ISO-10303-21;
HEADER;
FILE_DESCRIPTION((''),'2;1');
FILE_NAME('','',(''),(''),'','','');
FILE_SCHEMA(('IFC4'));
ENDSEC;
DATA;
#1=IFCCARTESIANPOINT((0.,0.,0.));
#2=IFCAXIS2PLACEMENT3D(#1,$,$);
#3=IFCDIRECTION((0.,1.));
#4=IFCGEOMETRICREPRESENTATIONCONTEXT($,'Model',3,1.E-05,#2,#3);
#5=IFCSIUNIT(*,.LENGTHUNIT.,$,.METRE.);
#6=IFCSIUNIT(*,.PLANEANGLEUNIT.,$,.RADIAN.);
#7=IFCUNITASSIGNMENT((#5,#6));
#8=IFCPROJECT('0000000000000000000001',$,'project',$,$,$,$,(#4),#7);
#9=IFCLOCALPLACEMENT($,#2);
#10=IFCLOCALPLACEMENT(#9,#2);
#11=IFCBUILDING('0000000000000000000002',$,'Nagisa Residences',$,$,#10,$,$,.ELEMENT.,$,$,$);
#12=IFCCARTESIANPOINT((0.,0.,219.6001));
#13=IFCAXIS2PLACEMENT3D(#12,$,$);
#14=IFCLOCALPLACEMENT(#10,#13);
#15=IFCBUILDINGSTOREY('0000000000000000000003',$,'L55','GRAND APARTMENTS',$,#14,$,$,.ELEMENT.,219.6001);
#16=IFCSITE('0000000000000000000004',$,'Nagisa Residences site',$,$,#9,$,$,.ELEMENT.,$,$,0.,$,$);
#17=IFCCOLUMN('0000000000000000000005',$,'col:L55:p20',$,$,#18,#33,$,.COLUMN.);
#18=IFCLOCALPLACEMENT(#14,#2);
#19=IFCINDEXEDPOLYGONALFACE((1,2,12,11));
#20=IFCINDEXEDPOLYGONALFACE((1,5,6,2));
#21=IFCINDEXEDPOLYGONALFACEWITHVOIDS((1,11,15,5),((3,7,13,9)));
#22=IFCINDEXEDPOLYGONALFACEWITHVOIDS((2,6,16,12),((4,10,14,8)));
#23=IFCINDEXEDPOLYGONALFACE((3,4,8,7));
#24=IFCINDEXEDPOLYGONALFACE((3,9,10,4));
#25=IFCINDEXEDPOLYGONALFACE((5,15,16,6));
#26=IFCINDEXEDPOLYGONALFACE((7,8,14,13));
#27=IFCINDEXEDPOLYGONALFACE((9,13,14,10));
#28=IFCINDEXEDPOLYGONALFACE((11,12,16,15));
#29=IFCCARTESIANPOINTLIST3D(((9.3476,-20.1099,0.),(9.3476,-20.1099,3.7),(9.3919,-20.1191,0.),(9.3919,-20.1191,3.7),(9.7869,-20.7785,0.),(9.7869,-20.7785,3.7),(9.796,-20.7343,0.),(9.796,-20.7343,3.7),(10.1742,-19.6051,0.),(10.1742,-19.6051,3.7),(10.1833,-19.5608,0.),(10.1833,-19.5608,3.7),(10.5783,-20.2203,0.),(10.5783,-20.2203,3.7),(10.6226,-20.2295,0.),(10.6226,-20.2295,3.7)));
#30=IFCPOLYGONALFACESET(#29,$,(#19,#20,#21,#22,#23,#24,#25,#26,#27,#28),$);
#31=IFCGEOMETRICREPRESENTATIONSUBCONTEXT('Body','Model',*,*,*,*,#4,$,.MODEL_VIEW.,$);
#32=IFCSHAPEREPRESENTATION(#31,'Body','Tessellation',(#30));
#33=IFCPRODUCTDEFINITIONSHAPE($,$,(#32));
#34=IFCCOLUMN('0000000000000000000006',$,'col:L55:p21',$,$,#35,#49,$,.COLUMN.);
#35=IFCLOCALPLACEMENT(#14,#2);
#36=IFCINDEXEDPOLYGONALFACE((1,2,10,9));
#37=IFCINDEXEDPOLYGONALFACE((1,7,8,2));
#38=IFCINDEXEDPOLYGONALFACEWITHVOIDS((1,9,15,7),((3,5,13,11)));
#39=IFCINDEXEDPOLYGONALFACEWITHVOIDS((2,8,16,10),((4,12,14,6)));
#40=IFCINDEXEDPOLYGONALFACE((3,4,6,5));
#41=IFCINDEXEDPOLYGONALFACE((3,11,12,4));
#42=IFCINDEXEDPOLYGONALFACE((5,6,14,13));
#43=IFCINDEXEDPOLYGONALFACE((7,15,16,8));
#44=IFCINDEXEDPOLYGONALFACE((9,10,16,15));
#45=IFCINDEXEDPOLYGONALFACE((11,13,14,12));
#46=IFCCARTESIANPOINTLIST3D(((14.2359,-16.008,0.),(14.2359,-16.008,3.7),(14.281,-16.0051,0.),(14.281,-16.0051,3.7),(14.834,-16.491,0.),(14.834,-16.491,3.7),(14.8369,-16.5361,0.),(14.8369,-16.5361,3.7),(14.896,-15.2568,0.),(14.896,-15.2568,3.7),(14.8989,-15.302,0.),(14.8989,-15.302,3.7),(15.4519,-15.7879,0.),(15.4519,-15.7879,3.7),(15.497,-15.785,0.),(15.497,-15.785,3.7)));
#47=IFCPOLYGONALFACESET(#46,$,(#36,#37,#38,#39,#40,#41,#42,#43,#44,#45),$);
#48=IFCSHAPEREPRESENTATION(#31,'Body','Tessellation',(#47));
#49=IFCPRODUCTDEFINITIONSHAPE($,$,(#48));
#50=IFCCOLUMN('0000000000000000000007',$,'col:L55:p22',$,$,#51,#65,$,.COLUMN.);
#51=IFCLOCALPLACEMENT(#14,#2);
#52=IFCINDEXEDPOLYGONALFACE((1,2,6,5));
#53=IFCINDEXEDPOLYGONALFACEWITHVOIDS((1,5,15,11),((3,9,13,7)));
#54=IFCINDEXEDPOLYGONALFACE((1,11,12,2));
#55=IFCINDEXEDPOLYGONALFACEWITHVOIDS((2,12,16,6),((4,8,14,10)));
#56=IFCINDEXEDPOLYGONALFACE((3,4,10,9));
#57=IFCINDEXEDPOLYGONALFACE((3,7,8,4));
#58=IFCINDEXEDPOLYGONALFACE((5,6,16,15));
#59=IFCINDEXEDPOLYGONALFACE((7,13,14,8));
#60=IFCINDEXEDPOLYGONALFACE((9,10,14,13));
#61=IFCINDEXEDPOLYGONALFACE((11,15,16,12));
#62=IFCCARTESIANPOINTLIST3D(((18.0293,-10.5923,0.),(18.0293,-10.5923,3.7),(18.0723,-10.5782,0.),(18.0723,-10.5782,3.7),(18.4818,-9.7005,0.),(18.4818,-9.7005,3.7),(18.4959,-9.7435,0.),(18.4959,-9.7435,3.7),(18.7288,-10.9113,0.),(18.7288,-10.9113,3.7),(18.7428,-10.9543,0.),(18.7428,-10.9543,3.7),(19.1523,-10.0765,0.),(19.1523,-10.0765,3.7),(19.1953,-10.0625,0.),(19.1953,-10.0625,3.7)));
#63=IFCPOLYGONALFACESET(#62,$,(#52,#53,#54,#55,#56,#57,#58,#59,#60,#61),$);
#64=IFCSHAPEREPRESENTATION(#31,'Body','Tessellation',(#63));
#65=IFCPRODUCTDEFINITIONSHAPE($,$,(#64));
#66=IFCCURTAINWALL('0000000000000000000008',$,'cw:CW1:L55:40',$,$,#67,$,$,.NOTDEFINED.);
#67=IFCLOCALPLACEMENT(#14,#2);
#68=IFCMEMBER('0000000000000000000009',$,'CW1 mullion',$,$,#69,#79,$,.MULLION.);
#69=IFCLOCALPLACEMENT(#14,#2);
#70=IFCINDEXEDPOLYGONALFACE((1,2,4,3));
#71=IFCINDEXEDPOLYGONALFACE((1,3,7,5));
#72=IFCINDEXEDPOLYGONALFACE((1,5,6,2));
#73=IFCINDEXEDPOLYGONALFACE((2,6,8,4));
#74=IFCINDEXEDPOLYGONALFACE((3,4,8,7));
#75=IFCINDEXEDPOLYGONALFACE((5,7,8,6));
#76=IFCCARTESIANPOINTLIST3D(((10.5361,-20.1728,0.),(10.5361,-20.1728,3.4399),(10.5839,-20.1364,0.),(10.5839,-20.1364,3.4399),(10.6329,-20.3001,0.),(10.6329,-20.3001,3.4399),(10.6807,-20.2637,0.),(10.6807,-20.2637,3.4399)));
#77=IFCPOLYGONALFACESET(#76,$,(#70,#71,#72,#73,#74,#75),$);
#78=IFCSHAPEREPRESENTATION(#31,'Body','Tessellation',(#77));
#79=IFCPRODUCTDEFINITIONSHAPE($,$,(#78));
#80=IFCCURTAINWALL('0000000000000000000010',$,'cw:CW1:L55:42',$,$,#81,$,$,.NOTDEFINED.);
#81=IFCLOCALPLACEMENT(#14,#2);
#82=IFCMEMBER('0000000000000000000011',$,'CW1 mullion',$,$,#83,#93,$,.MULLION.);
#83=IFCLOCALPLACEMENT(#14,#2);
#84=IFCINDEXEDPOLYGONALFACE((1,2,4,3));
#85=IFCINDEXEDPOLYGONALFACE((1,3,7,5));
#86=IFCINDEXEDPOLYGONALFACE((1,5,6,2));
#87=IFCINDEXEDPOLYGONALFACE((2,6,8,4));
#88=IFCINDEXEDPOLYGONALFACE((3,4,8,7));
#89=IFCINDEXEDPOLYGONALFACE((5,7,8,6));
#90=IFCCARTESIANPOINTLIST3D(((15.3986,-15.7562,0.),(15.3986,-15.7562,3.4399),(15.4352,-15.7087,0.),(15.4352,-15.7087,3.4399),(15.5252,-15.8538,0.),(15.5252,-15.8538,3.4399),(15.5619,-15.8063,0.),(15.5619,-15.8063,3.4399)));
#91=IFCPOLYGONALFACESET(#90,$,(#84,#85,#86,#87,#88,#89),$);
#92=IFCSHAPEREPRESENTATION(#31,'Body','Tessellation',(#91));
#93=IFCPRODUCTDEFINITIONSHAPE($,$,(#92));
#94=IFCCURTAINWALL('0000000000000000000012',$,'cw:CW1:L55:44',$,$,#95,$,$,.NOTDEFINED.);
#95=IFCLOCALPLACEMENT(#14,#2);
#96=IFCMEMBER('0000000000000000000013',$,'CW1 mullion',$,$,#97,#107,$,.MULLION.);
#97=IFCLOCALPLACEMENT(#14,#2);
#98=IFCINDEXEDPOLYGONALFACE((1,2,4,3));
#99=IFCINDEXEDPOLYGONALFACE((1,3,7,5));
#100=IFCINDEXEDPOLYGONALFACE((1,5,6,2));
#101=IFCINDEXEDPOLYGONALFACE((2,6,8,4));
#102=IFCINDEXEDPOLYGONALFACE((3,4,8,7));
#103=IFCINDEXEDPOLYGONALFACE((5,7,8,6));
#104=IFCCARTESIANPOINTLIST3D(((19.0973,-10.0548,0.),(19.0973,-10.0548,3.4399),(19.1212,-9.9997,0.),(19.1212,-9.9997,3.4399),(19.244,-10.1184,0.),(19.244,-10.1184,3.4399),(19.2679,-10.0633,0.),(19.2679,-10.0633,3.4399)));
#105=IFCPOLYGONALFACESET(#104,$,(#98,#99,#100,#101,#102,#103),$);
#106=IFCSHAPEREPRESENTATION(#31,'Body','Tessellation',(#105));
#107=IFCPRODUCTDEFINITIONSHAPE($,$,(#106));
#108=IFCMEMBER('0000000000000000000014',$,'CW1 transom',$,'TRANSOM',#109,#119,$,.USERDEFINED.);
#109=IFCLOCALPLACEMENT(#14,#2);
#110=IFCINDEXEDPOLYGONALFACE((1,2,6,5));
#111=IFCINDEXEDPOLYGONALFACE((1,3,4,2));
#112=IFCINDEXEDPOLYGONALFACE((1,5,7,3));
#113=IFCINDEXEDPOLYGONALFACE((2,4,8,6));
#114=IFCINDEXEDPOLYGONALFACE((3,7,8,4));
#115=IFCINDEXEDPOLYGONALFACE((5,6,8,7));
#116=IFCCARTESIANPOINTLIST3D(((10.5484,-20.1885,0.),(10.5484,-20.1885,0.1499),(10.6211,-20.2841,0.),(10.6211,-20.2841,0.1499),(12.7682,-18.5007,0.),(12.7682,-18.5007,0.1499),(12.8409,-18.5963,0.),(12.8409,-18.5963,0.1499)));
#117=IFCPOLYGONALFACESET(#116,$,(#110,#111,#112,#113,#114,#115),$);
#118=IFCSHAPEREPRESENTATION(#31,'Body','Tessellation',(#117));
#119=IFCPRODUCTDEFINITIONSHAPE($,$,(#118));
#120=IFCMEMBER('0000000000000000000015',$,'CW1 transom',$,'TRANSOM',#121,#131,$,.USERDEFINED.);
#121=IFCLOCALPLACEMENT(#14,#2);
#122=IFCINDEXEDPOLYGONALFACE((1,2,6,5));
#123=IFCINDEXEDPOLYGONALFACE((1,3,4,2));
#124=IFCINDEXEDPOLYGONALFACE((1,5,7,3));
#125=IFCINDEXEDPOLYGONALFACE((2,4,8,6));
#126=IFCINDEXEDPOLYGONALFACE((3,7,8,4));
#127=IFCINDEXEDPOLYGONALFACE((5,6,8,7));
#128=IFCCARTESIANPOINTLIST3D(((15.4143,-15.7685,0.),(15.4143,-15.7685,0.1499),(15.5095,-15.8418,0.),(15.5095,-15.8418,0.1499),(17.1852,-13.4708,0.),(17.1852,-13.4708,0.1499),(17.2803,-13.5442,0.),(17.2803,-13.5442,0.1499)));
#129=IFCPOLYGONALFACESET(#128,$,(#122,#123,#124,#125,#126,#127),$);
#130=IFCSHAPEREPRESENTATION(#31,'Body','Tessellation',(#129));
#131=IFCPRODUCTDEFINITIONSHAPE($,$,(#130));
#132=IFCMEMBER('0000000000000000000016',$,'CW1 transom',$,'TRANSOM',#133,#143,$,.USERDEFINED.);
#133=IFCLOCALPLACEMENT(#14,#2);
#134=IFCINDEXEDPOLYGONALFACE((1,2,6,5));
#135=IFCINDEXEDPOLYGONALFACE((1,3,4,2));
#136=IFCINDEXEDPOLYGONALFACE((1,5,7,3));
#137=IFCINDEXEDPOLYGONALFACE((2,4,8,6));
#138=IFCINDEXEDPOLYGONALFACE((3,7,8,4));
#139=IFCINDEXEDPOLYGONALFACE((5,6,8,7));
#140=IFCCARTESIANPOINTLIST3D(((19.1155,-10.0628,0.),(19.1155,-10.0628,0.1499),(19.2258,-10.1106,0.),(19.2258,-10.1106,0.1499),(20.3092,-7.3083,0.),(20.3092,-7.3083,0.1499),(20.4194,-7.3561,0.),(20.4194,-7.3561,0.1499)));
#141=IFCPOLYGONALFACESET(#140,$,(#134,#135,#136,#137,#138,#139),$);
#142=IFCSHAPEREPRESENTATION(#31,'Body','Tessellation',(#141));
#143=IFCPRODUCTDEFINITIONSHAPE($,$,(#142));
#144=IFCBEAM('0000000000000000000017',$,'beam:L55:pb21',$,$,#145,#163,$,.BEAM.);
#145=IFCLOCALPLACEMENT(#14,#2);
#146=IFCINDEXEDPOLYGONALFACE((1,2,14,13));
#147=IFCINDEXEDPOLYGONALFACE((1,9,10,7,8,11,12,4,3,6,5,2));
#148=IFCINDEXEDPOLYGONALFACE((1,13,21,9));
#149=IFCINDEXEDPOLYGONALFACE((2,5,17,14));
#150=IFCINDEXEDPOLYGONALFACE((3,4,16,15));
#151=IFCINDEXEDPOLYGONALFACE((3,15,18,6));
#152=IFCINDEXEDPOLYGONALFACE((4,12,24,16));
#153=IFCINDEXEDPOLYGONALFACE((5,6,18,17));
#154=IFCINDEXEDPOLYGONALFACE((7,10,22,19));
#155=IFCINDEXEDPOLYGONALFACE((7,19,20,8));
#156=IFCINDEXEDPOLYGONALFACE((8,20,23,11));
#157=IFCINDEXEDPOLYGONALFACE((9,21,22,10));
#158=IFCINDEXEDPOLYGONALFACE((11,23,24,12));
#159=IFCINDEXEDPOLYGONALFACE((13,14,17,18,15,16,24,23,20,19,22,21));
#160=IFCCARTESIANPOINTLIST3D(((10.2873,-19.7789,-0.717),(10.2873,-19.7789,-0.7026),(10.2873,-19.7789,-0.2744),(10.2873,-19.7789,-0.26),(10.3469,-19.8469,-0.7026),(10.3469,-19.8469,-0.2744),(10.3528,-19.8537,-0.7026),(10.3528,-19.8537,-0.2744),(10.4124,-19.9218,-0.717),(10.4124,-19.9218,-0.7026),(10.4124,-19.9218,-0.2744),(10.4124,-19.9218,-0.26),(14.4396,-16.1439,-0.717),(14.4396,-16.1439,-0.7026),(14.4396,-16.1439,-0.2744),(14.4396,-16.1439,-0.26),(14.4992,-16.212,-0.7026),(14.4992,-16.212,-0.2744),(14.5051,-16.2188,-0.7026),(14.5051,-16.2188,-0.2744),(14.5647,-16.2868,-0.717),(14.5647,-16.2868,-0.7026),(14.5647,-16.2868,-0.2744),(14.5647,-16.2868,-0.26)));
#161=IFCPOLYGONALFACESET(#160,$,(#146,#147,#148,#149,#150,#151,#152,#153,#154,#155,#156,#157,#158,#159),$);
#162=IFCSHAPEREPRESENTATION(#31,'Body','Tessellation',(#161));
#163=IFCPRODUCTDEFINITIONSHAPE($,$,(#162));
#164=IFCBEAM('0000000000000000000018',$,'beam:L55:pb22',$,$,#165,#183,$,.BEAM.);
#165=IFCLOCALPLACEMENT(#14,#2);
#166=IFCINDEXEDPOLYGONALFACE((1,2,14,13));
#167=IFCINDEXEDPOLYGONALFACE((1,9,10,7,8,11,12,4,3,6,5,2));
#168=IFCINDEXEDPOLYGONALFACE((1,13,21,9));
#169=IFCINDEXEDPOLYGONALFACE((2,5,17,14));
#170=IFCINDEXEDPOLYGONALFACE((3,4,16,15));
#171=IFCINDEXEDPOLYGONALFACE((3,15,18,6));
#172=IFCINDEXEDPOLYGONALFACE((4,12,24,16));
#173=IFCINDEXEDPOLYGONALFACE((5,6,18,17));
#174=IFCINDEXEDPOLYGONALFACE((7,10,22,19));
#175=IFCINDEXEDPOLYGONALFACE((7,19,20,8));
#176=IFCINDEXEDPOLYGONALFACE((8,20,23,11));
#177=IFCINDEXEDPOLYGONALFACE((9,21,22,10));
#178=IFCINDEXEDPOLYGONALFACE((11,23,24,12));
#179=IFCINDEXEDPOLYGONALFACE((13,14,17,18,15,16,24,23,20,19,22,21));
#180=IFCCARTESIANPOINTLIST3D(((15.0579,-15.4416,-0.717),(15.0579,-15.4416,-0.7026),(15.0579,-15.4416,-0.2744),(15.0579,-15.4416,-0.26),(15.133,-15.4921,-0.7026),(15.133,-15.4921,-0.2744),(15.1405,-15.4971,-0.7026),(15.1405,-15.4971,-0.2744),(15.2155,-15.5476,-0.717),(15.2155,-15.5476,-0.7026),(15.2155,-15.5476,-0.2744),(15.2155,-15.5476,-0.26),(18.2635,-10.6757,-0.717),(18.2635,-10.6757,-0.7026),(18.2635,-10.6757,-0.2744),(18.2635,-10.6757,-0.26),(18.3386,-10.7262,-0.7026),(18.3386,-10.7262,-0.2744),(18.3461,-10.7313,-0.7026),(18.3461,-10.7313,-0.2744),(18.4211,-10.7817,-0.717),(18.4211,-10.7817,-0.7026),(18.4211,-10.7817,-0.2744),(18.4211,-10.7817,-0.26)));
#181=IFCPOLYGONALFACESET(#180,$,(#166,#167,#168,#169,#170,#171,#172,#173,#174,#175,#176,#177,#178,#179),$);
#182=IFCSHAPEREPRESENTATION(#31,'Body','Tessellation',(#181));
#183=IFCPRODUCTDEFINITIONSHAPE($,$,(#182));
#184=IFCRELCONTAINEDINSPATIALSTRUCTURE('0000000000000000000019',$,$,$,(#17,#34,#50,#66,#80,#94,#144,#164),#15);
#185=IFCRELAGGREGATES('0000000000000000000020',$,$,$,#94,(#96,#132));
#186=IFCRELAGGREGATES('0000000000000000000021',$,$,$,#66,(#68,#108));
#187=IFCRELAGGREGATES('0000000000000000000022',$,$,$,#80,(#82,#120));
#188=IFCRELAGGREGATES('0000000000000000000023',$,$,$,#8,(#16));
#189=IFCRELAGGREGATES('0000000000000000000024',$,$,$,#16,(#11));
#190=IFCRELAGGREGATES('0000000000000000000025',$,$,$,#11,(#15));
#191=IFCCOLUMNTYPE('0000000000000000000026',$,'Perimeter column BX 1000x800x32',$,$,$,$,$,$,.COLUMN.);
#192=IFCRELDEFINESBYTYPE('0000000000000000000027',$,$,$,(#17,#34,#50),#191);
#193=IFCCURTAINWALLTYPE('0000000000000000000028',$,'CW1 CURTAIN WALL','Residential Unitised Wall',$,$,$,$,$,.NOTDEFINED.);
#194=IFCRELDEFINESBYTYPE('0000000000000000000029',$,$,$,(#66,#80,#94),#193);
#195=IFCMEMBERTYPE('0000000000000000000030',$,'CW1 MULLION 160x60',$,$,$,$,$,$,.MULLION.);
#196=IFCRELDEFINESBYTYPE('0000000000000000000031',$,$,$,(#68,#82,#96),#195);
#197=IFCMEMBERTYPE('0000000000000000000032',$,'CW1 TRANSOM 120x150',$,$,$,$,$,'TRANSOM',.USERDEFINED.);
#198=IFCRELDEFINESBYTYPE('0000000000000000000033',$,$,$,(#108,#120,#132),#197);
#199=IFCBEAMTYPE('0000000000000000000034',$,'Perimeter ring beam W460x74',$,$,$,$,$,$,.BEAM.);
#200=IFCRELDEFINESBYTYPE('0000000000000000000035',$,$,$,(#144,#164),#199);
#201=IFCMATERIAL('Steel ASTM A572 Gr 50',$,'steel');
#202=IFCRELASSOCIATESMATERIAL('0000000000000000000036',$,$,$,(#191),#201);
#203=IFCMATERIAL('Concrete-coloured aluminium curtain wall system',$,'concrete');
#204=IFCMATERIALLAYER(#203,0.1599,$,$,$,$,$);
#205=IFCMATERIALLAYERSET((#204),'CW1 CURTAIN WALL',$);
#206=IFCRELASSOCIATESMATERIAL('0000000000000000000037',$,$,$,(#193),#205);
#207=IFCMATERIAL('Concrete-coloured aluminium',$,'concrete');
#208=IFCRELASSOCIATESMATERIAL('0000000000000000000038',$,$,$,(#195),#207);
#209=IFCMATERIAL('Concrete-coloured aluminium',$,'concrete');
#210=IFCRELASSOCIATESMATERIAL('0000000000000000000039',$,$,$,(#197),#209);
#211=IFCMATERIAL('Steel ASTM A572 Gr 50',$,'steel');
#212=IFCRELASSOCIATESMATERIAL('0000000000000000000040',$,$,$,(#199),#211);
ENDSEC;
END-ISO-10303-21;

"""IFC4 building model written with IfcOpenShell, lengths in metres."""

from ifc_helpers import new_model, si_unit, direction, frame, origin, origin_2d, place, context, subcontext, project, spatial, rectangle, hollow_rectangle, i_section, extrude, material, layer, layer_set, material_profile, profile_set, type_object, element, aggregate, save


model = new_model("IFC4")

# Units and contexts
model_context = context("Model", 3, precision=1e-05, world=origin(), true_north=direction((0.0, 1.0)))
body_context = subcontext(model_context, "Body", "Model", "MODEL_VIEW")
ifc_project = project(units=[si_unit("LENGTHUNIT", "METRE"), si_unit("PLANEANGLEUNIT", "RADIAN")], contexts=[model_context])

# Site, building, storey
site_placement = place(None, origin())
site = spatial("IfcSite", under=ifc_project, at=site_placement, Name="Nagisa Residences site", CompositionType="ELEMENT", RefElevation=0.0)
building_placement = place(site_placement, origin())
building = spatial("IfcBuilding", under=site, at=building_placement, Name="Nagisa Residences", CompositionType="ELEMENT")
storey_placement = place(building_placement, frame((0.0, 0.0, 219.6001)))
storey = spatial("IfcBuildingStorey", under=building, at=storey_placement, Name="L55", Description="GRAND APARTMENTS", CompositionType="ELEMENT", Elevation=219.6001)

# Columns
ifc_material_1 = material(Name="Steel ASTM A572 Gr 50", Category="steel")
ifc_material_profile_1 = material_profile(ifc_material_1, hollow_rectangle(XDim=1.0, YDim=0.8, WallThickness=0.032, at=origin_2d()), Name="BX 1000x800x32")
ifc_profile_set_1 = profile_set([ifc_material_profile_1], Name="Steel ASTM A572 Gr 50")
column_type = type_object("IfcColumnType", Name="Perimeter column BX 1000x800x32", PredefinedType="COLUMN", material=ifc_profile_set_1)
for number, where, z_axis, x_axis, name in (
    (1, (9.9851, -20.1697, 0.0), (0.0, 0.0, 1.0), (0.835766, 0.549086, 0.0), "col:L55:p20"),
    (2, (14.8665, -15.8965, 0.0), (0.0, 0.0, 1.0), (0.660115, 0.751165, 0.0), "col:L55:p21"),
    (3, (18.6123, -10.3274, 0.0), (0.0, 0.0, 1.0), (0.452463, 0.891783, 0.0), "col:L55:p22"),
):
    element("IfcColumn", number, at=place(storey_placement, frame(where, z_axis=z_axis, x_axis=x_axis)), inside=storey, type_object=column_type, Name=name, PredefinedType="COLUMN", context=body_context, shape_type="SweptSolid", body=[
        extrude(hollow_rectangle(XDim=1.0, YDim=0.8, WallThickness=0.032, at=origin_2d()), origin(), (0.0, 0.0, 1.0), 3.7),
    ])

# Curtain walls, members
ifc_material_2 = material(Name="Concrete-coloured aluminium curtain wall system", Category="concrete")
ifc_layer_1 = layer(ifc_material_2, 0.1599)
ifc_layer_set_1 = layer_set([ifc_layer_1], Name="CW1 CURTAIN WALL")
curtain_wall_type = type_object("IfcCurtainWallType", Name="CW1 CURTAIN WALL", Description="Residential Unitised Wall", PredefinedType="NOTDEFINED", material=ifc_layer_set_1)
curtain_wall_1_placement = place(storey_placement, origin())
curtain_wall_1 = element("IfcCurtainWall", 4, at=curtain_wall_1_placement, inside=storey, type_object=curtain_wall_type, Name="cw:CW1:L55:40", PredefinedType="NOTDEFINED")
ifc_material_3 = material(Name="Concrete-coloured aluminium", Category="concrete")
ifc_material_profile_2 = material_profile(ifc_material_3, rectangle(XDim=0.1599, YDim=0.0601, at=origin_2d()), Name="CW1 MULLION 160x60")
ifc_profile_set_2 = profile_set([ifc_material_profile_2], Name="Concrete-coloured aluminium")
member_type_1 = type_object("IfcMemberType", Name="CW1 MULLION 160x60", PredefinedType="MULLION", material=ifc_profile_set_2)
member_1_placement = place(storey_placement, frame((10.6084, -20.2183, 0.0), z_axis=(0.0, 0.0, 1.0), x_axis=(-0.605255, 0.796031, 0.0)))
member_1 = element("IfcMember", 5, at=member_1_placement, type_object=member_type_1, Name="CW1 mullion", PredefinedType="MULLION", context=body_context, shape_type="SweptSolid", body=[
    extrude(rectangle(XDim=0.1599, YDim=0.0601, at=origin_2d()), origin(), (0.0, 0.0, 1.0), 3.4399),
])
curtain_wall_2_placement = place(storey_placement, origin())
curtain_wall_2 = element("IfcCurtainWall", 6, at=curtain_wall_2_placement, inside=storey, type_object=curtain_wall_type, Name="cw:CW1:L55:42", PredefinedType="NOTDEFINED")
member_2_placement = place(storey_placement, frame((15.4802, -15.7812, 0.0), z_axis=(0.0, 0.0, 1.0), x_axis=(-0.79207, 0.61043, 0.0)))
member_2 = element("IfcMember", 7, at=member_2_placement, type_object=member_type_1, Name="CW1 mullion", PredefinedType="MULLION", context=body_context, shape_type="SweptSolid", body=[
    extrude(rectangle(XDim=0.1599, YDim=0.0601, at=origin_2d()), origin(), (0.0, 0.0, 1.0), 3.4399),
])
curtain_wall_3_placement = place(storey_placement, origin())
curtain_wall_3 = element("IfcCurtainWall", 8, at=curtain_wall_3_placement, inside=storey, type_object=curtain_wall_type, Name="cw:CW1:L55:44", PredefinedType="NOTDEFINED")
member_3_placement = place(storey_placement, frame((19.1826, -10.0591, 0.0), z_axis=(0.0, 0.0, 1.0), x_axis=(-0.917543, 0.397636, 0.0)))
member_3 = element("IfcMember", 9, at=member_3_placement, type_object=member_type_1, Name="CW1 mullion", PredefinedType="MULLION", context=body_context, shape_type="SweptSolid", body=[
    extrude(rectangle(XDim=0.1599, YDim=0.0601, at=origin_2d()), origin(), (0.0, 0.0, 1.0), 3.4399),
])

# Members
ifc_material_4 = material(Name="Concrete-coloured aluminium", Category="concrete")
ifc_material_profile_3 = material_profile(ifc_material_4, rectangle(XDim=0.1201, YDim=0.1499, at=origin_2d()), Name="CW1 TRANSOM 120x150")
ifc_profile_set_3 = profile_set([ifc_material_profile_3], Name="Concrete-coloured aluminium")
member_type_2 = type_object("IfcMemberType", Name="CW1 TRANSOM 120x150", ElementType="TRANSOM", PredefinedType="USERDEFINED", material=ifc_profile_set_3)
member_4_placement = place(storey_placement, frame((10.5847, -20.2363, 0.075), z_axis=(0.796032, 0.605254, 0.0), x_axis=(-0.605254, 0.796032, 0.0)))
member_4 = element("IfcMember", 10, at=member_4_placement, type_object=member_type_2, Name="CW1 transom", ObjectType="TRANSOM", PredefinedType="USERDEFINED", context=body_context, shape_type="SweptSolid", body=[
    extrude(rectangle(XDim=0.1201, YDim=0.1499, at=origin_2d()), origin(), (0.0, 0.0, 1.0), 2.7886),
])
member_5_placement = place(storey_placement, frame((15.4619, -15.8052, 0.075), z_axis=(0.610439, 0.792064, 0.0), x_axis=(-0.792064, 0.610439, 0.0)))
member_5 = element("IfcMember", 11, at=member_5_placement, type_object=member_type_2, Name="CW1 transom", ObjectType="TRANSOM", PredefinedType="USERDEFINED", context=body_context, shape_type="SweptSolid", body=[
    extrude(rectangle(XDim=0.1201, YDim=0.1499, at=origin_2d()), origin(), (0.0, 0.0, 1.0), 2.9009),
])
member_6_placement = place(storey_placement, frame((19.1707, -10.0867, 0.075), z_axis=(0.397617, 0.917552, 0.0), x_axis=(-0.917552, 0.397617, 0.0)))
member_6 = element("IfcMember", 12, at=member_6_placement, type_object=member_type_2, Name="CW1 transom", ObjectType="TRANSOM", PredefinedType="USERDEFINED", context=body_context, shape_type="SweptSolid", body=[
    extrude(rectangle(XDim=0.1201, YDim=0.1499, at=origin_2d()), origin(), (0.0, 0.0, 1.0), 3.002),
])
aggregate(curtain_wall_3, [member_3, member_6])

# Beams
ifc_material_5 = material(Name="Steel ASTM A572 Gr 50", Category="steel")
ifc_material_profile_4 = material_profile(ifc_material_5, i_section(OverallWidth=0.1899, OverallDepth=0.457, WebThickness=0.009, FlangeThickness=0.0144, at=origin_2d()), Name="W460x74")
ifc_profile_set_4 = profile_set([ifc_material_profile_4], Name="Steel ASTM A572 Gr 50")
beam_type_1 = type_object("IfcBeamType", Name="Perimeter ring beam W460x74", PredefinedType="BEAM", material=ifc_profile_set_4)
beam_1_placement = place(storey_placement, frame((10.3499, -19.8503, -0.4885), z_axis=(0.752423, 0.65868, 0.0), x_axis=(-0.65868, 0.752423, 0.0)))
element("IfcBeam", 13, at=beam_1_placement, inside=storey, type_object=beam_type_1, Name="beam:L55:pb21", PredefinedType="BEAM", context=body_context, shape_type="SweptSolid", body=[
    extrude(i_section(OverallWidth=0.1899, OverallDepth=0.457, WebThickness=0.009, FlangeThickness=0.0144, at=origin_2d()), origin(), (0.0, 0.0, 1.0), 5.5186),
])
beam_2_placement = place(storey_placement, frame((15.1367, -15.4946, -0.4885), z_axis=(0.558109, 0.829768, 0.0), x_axis=(-0.829768, 0.558109, 0.0)))
element("IfcBeam", 14, at=beam_2_placement, inside=storey, type_object=beam_type_1, Name="beam:L55:pb22", PredefinedType="BEAM", context=body_context, shape_type="SweptSolid", body=[
    extrude(i_section(OverallWidth=0.1899, OverallDepth=0.457, WebThickness=0.009, FlangeThickness=0.0144, at=origin_2d()), origin(), (0.0, 0.0, 1.0), 5.7437),
])

aggregate(curtain_wall_1, [member_1, member_4])
aggregate(curtain_wall_2, [member_2, member_5])

save(model, "model.ifc")
